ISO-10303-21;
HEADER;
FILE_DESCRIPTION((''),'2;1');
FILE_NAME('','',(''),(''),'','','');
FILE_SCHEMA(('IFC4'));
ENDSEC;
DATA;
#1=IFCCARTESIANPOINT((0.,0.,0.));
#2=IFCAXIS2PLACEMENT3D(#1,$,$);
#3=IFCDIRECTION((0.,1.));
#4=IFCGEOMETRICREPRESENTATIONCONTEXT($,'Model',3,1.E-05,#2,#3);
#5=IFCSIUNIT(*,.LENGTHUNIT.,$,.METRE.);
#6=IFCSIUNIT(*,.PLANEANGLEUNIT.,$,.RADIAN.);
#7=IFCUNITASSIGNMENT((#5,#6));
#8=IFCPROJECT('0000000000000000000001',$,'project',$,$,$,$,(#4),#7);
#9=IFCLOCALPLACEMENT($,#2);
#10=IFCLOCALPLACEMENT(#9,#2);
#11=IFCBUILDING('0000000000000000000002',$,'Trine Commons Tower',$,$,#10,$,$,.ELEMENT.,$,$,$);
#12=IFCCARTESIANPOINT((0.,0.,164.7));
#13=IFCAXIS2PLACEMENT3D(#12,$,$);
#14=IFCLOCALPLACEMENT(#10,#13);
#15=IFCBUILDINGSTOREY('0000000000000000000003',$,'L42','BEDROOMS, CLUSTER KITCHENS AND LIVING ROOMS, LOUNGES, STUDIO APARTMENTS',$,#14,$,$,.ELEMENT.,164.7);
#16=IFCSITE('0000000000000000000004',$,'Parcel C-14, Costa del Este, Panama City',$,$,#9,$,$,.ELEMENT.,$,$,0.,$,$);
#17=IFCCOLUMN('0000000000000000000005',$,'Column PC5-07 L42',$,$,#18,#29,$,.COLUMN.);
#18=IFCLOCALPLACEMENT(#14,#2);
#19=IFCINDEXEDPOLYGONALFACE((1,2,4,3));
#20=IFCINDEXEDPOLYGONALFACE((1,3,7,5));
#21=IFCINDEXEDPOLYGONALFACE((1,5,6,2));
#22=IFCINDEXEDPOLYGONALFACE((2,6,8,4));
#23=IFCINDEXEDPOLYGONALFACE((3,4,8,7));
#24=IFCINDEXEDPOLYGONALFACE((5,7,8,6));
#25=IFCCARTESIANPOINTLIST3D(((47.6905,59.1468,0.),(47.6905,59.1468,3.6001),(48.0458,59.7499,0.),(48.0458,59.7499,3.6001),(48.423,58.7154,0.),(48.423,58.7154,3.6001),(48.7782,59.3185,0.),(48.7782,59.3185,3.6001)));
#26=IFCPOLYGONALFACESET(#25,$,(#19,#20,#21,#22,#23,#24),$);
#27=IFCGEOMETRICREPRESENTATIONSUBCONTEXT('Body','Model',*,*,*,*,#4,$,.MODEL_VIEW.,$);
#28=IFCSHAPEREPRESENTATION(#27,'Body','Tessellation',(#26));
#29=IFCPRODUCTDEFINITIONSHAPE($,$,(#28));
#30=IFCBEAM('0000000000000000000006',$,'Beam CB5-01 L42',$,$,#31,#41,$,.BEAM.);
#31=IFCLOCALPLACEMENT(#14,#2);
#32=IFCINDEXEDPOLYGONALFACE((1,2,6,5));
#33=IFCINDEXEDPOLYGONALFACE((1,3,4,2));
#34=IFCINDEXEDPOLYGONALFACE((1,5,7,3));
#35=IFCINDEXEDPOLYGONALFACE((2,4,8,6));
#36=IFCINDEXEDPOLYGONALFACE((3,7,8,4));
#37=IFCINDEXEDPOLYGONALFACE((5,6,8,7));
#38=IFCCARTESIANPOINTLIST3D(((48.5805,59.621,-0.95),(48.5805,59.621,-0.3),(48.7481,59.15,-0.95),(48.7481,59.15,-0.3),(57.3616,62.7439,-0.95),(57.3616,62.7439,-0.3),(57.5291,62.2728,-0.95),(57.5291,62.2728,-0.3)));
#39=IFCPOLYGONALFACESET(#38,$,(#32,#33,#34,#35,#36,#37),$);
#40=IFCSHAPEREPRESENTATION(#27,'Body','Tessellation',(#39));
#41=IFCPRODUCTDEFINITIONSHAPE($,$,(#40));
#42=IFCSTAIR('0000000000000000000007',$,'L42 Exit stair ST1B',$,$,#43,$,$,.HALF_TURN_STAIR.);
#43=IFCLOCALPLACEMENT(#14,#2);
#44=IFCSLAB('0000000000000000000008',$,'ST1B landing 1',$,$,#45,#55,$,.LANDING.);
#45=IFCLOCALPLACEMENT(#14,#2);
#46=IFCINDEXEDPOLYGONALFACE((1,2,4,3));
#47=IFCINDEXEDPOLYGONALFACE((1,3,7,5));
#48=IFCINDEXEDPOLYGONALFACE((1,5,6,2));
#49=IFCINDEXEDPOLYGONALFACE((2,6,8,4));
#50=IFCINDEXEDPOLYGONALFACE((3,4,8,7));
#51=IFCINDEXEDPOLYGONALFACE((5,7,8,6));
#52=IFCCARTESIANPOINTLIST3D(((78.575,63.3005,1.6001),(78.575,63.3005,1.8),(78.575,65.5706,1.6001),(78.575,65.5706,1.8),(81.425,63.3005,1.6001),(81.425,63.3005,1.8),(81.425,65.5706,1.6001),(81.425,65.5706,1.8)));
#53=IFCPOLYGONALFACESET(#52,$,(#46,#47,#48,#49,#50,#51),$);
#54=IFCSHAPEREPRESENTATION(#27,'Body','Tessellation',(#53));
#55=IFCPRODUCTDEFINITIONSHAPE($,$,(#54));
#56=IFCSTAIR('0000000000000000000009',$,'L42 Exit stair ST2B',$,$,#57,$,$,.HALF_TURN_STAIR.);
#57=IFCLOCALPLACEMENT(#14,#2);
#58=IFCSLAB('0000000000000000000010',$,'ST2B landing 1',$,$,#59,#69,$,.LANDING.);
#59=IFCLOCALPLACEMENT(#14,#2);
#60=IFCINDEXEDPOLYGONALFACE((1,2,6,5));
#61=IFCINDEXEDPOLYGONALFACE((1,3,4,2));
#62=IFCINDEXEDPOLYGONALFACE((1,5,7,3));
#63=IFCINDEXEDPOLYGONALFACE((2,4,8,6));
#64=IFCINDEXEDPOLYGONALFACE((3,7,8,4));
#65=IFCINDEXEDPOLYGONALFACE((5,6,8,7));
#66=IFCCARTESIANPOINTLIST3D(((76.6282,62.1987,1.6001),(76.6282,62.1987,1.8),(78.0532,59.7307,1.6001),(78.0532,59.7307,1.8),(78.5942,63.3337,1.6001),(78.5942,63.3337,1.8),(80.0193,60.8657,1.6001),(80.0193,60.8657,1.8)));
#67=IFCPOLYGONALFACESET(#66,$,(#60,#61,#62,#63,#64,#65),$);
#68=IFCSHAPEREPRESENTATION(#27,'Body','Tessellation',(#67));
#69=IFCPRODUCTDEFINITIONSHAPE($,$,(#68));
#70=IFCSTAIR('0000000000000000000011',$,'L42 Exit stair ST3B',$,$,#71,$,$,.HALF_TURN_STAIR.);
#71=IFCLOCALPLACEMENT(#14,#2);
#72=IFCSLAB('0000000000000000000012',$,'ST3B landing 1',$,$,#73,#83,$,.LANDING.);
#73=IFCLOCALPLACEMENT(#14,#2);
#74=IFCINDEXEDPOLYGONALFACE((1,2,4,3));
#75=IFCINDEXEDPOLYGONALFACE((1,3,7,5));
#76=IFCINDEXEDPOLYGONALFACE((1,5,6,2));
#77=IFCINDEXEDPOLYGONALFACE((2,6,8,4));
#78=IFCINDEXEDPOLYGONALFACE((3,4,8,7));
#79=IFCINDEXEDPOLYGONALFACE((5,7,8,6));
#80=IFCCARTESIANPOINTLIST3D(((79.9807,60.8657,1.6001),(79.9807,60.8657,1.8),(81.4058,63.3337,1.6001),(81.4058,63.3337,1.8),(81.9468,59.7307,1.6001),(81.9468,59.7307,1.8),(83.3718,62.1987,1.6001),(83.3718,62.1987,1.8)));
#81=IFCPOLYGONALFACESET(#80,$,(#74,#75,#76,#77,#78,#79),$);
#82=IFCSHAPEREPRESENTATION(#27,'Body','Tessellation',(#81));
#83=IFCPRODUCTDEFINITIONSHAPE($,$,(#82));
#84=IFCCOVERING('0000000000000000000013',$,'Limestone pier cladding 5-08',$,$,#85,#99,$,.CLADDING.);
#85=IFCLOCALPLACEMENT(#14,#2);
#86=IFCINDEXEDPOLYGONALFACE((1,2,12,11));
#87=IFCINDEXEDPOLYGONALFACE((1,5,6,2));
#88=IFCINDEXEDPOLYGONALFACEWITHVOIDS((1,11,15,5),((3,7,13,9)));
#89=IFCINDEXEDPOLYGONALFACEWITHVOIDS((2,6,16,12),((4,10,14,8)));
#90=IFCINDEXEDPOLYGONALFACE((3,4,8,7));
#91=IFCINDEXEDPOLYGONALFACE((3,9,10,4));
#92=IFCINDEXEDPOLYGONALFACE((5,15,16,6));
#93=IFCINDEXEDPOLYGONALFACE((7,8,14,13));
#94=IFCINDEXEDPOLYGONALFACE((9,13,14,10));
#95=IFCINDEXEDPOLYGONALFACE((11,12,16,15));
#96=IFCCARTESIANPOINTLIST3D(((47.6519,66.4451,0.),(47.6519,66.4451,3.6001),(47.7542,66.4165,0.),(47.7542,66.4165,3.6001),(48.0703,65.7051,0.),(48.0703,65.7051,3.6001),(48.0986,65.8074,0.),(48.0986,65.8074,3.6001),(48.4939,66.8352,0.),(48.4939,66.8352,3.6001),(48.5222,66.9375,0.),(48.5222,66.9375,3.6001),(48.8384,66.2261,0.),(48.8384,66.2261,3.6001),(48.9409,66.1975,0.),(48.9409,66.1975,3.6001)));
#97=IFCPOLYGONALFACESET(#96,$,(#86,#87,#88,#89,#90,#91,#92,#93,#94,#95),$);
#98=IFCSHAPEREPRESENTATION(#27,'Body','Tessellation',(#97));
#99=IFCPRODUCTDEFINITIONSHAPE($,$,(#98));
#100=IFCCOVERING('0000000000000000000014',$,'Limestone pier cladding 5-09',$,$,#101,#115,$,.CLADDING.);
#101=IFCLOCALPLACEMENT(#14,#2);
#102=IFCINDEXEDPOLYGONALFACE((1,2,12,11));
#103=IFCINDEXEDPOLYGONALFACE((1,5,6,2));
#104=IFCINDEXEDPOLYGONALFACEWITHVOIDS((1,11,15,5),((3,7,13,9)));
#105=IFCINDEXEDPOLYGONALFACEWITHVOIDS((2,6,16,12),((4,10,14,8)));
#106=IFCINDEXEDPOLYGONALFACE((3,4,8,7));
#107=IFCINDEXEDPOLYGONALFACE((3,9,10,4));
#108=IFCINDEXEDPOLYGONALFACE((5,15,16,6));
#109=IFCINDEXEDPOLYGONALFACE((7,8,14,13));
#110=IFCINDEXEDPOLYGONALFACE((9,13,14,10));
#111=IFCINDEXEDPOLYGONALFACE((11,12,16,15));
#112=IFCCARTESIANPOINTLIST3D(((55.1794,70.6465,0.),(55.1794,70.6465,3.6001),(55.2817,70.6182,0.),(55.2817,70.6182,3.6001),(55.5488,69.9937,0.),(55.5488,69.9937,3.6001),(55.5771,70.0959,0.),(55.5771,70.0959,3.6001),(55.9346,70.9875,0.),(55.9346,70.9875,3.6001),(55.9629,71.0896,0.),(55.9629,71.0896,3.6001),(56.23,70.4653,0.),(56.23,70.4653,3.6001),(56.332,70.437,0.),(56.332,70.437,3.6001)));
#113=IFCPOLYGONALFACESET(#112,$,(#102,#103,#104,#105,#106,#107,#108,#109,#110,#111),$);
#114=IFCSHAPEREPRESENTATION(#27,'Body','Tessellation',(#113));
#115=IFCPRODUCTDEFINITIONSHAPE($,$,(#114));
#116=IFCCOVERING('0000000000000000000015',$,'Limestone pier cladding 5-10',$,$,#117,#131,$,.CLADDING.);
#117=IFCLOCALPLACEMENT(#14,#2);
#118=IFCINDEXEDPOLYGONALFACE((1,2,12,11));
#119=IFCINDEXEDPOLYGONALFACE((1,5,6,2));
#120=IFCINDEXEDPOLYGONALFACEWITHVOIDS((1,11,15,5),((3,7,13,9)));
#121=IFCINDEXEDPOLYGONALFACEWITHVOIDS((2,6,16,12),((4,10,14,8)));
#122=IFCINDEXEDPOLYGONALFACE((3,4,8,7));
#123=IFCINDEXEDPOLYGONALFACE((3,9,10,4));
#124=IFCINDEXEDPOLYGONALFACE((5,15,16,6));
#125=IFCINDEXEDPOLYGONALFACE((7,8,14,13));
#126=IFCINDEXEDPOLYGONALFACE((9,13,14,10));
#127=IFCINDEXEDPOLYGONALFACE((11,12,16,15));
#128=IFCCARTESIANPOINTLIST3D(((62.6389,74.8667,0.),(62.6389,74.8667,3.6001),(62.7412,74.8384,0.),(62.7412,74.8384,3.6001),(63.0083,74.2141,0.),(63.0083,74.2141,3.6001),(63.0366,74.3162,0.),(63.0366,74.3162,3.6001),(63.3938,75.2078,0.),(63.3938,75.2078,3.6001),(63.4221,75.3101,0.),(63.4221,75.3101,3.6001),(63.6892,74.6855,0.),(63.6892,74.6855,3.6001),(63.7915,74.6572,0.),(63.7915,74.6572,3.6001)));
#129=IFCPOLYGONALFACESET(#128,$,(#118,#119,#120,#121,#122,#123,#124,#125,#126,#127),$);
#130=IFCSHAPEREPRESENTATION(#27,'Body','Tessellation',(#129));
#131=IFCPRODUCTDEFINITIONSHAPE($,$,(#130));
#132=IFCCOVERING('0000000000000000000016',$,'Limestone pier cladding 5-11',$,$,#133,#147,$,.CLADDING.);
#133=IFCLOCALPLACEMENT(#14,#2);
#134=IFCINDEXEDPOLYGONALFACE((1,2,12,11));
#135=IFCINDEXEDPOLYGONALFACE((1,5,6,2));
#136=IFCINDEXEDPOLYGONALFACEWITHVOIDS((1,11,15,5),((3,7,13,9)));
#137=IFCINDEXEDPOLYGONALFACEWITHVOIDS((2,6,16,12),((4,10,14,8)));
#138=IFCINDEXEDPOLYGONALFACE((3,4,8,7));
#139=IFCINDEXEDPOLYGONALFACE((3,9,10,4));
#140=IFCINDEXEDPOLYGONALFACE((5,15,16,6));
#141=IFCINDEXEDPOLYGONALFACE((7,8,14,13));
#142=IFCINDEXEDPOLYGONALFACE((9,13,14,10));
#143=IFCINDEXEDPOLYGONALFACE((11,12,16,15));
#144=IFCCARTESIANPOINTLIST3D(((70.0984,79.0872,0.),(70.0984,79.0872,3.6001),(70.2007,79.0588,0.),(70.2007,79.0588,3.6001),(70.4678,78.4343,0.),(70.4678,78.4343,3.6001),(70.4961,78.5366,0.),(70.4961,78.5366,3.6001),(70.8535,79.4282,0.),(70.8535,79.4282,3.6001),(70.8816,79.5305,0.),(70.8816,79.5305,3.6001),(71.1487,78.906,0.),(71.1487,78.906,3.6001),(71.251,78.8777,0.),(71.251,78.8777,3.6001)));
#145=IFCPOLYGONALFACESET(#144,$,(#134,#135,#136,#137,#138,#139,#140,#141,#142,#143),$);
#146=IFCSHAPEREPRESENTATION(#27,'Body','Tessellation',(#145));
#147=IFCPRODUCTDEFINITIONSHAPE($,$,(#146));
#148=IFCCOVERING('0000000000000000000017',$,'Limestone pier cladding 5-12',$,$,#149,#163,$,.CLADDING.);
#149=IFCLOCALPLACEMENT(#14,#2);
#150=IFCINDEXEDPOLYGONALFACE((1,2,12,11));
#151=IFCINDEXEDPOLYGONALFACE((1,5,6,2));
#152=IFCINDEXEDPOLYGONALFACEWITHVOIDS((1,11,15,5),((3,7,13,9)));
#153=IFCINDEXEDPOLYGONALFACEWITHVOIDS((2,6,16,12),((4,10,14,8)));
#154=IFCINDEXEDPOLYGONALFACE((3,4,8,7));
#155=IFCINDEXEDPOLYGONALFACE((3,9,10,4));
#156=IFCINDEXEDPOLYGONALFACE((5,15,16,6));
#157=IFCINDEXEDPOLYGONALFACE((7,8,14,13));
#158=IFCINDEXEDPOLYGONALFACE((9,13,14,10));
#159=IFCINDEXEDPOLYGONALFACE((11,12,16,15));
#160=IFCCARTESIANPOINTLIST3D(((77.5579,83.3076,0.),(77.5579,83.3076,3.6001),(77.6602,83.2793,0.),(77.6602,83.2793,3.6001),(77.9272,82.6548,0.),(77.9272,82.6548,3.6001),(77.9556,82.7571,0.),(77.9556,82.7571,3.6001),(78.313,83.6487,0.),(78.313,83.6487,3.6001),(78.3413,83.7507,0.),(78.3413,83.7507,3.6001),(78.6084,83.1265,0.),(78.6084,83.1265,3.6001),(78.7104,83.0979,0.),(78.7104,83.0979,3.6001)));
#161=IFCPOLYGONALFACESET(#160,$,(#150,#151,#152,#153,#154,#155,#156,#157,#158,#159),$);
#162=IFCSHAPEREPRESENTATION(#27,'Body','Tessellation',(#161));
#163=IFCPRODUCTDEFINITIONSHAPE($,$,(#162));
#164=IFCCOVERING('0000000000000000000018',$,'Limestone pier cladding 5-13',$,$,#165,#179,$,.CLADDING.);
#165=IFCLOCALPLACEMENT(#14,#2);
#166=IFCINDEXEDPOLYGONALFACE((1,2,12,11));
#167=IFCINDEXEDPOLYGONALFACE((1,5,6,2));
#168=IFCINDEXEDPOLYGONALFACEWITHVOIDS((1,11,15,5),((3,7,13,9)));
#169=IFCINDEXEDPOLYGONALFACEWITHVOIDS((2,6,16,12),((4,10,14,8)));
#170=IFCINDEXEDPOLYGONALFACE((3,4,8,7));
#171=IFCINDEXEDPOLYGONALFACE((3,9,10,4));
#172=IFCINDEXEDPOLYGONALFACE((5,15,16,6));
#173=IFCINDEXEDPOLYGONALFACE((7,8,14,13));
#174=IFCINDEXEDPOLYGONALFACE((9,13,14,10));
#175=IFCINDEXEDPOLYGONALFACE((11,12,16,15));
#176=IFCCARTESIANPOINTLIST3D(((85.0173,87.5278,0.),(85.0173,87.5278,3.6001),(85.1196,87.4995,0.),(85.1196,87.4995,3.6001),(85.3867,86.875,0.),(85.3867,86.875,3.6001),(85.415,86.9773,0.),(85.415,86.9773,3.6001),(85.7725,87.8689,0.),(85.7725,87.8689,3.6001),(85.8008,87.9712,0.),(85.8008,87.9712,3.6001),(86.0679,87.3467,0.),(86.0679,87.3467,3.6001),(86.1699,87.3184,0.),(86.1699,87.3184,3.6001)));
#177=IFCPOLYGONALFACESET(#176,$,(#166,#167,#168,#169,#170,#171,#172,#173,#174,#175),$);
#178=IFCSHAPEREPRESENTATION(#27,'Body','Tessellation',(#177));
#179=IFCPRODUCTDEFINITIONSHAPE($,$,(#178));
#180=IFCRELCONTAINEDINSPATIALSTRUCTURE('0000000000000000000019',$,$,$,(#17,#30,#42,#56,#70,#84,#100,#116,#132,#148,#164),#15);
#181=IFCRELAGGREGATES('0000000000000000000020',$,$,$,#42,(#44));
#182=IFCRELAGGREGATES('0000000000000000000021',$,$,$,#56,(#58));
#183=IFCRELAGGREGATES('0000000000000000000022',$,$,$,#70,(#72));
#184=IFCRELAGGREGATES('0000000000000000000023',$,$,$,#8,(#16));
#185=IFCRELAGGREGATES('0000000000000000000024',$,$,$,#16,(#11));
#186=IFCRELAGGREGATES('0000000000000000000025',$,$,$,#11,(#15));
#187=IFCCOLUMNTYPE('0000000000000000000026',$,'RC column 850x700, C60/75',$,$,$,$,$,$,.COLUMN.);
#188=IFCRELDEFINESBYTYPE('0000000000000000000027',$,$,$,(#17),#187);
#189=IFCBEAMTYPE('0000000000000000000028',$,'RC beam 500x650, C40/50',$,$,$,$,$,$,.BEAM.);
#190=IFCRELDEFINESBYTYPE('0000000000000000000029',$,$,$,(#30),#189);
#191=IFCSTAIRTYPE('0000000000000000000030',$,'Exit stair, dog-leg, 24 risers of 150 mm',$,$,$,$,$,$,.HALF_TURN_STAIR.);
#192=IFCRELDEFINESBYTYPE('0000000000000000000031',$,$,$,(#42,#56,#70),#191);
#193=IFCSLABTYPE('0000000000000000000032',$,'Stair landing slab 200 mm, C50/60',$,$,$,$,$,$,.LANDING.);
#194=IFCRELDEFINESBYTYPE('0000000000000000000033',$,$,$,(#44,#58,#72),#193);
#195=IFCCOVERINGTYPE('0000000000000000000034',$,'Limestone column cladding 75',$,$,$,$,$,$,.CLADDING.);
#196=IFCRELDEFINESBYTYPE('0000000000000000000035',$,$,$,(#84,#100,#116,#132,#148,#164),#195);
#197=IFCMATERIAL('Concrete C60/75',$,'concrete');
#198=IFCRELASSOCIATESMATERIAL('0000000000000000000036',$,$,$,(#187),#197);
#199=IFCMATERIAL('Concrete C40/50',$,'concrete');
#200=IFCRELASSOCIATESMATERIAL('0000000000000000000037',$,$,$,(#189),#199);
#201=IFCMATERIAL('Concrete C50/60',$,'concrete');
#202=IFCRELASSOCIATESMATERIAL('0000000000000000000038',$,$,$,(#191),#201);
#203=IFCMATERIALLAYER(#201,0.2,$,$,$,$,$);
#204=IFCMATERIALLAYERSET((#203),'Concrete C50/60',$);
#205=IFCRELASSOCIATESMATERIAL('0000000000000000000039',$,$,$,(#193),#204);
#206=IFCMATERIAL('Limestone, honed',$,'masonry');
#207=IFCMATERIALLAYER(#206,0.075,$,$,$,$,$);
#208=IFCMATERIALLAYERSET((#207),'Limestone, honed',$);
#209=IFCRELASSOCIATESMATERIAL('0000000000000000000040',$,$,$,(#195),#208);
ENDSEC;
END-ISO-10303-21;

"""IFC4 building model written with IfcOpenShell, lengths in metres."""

from ifc_helpers import new_model, si_unit, direction, frame, origin, origin_2d, place, context, subcontext, project, spatial, polyline, rectangle, outline, extrude, material, layer, layer_set, material_profile, profile_set, type_object, element, aggregate, save


model = new_model("IFC4")

# Units and contexts
model_context = context("Model", 3, precision=1e-05, world=origin(), true_north=direction((0.0, 1.0)))
body_context = subcontext(model_context, "Body", "Model", "MODEL_VIEW")
ifc_project = project(units=[si_unit("LENGTHUNIT", "METRE"), si_unit("PLANEANGLEUNIT", "RADIAN")], contexts=[model_context])

# Site, building, storey
site_placement = place(None, origin())
site = spatial("IfcSite", under=ifc_project, at=site_placement, Name="Parcel C-14, Costa del Este, Panama City", CompositionType="ELEMENT", RefElevation=0.0)
building_placement = place(site_placement, origin())
building = spatial("IfcBuilding", under=site, at=building_placement, Name="Trine Commons Tower", CompositionType="ELEMENT")
storey_placement = place(building_placement, frame((0.0, 0.0, 164.7)))
storey = spatial("IfcBuildingStorey", under=building, at=storey_placement, Name="L42", Description="BEDROOMS, CLUSTER KITCHENS AND LIVING ROOMS, LOUNGES, STUDIO APARTMENTS", CompositionType="ELEMENT", Elevation=164.7)

# Column
ifc_material_1 = material(Name="Concrete C60/75", Category="concrete")
ifc_material_profile_1 = material_profile(ifc_material_1, rectangle(XDim=0.8501, YDim=0.7, at=origin_2d()), Name="RC 850x700")
ifc_profile_set_1 = profile_set([ifc_material_profile_1], Name="Concrete C60/75")
column_type = type_object("IfcColumnType", Name="RC column 850x700, C60/75", PredefinedType="COLUMN", material=ifc_profile_set_1)
column_placement = place(storey_placement, frame((48.2344, 59.2327, 0.0), z_axis=(0.0, 0.0, 1.0), x_axis=(-0.861629, 0.507538, 0.0)))
element("IfcColumn", 1, at=column_placement, inside=storey, type_object=column_type, Name="Column PC5-07 L42", PredefinedType="COLUMN", context=body_context, shape_type="SweptSolid", body=[
    extrude(rectangle(XDim=0.8501, YDim=0.7, at=origin_2d()), origin(), (0.0, 0.0, 1.0), 3.6001),
])

# Beam
ifc_material_2 = material(Name="Concrete C40/50", Category="concrete")
ifc_material_profile_2 = material_profile(ifc_material_2, rectangle(XDim=0.5, YDim=0.6499, at=origin_2d()), Name="RC 500x650")
ifc_profile_set_2 = profile_set([ifc_material_profile_2], Name="Concrete C40/50")
beam_type = type_object("IfcBeamType", Name="RC beam 500x650, C40/50", PredefinedType="BEAM", material=ifc_profile_set_2)
beam_placement = place(storey_placement, frame((48.6643, 59.3855, -0.625), z_axis=(0.942192, 0.335073, 0.0), x_axis=(-0.335073, 0.942192, 0.0)))
element("IfcBeam", 2, at=beam_placement, inside=storey, type_object=beam_type, Name="Beam CB5-01 L42", PredefinedType="BEAM", context=body_context, shape_type="SweptSolid", body=[
    extrude(rectangle(XDim=0.5, YDim=0.6499, at=origin_2d()), origin(), (0.0, 0.0, 1.0), 9.3198),
])

# Stairs, slabs
ifc_material_3 = material(Name="Concrete C50/60", Category="concrete")
stair_type = type_object("IfcStairType", Name="Exit stair, dog-leg, 24 risers of 150 mm", PredefinedType="HALF_TURN_STAIR", material=ifc_material_3)
stair_1_placement = place(storey_placement, origin())
stair_1 = element("IfcStair", 3, at=stair_1_placement, inside=storey, type_object=stair_type, Name="L42 Exit stair ST1B", PredefinedType="HALF_TURN_STAIR")
ifc_layer_1 = layer(ifc_material_3, 0.2)
ifc_layer_set_1 = layer_set([ifc_layer_1], Name="Concrete C50/60")
slab_type = type_object("IfcSlabType", Name="Stair landing slab 200 mm, C50/60", PredefinedType="LANDING", material=ifc_layer_set_1)
slab_1_placement = place(storey_placement, frame((0.0, 0.0, 1.6001)))
slab_1 = element("IfcSlab", 4, at=slab_1_placement, type_object=slab_type, Name="ST1B landing 1", PredefinedType="LANDING", context=body_context, shape_type="SweptSolid", body=[
    extrude(outline(polyline([(78.575, 65.5706), (78.575, 63.3005), (81.425, 63.3005), (81.425, 65.5706), (78.575, 65.5706)])), origin(), (0.0, 0.0, 1.0), 0.2),
])
aggregate(stair_1, [slab_1])
stair_2_placement = place(storey_placement, origin())
stair_2 = element("IfcStair", 5, at=stair_2_placement, inside=storey, type_object=stair_type, Name="L42 Exit stair ST2B", PredefinedType="HALF_TURN_STAIR")
slab_2_placement = place(storey_placement, frame((0.0, 0.0, 1.6001)))
slab_2 = element("IfcSlab", 6, at=slab_2_placement, type_object=slab_type, Name="ST2B landing 1", PredefinedType="LANDING", context=body_context, shape_type="SweptSolid", body=[
    extrude(outline(polyline([(78.0532, 59.7307), (80.0193, 60.8657), (78.5942, 63.3337), (76.6282, 62.1987), (78.0532, 59.7307)])), origin(), (0.0, 0.0, 1.0), 0.2),
])
aggregate(stair_2, [slab_2])
stair_3_placement = place(storey_placement, origin())
stair_3 = element("IfcStair", 7, at=stair_3_placement, inside=storey, type_object=stair_type, Name="L42 Exit stair ST3B", PredefinedType="HALF_TURN_STAIR")
slab_3_placement = place(storey_placement, frame((0.0, 0.0, 1.6001)))
slab_3 = element("IfcSlab", 8, at=slab_3_placement, type_object=slab_type, Name="ST3B landing 1", PredefinedType="LANDING", context=body_context, shape_type="SweptSolid", body=[
    extrude(outline(polyline([(83.3718, 62.1987), (81.4058, 63.3337), (79.9807, 60.8657), (81.9468, 59.7307), (83.3718, 62.1987)])), origin(), (0.0, 0.0, 1.0), 0.2),
])
aggregate(stair_3, [slab_3])

# Coverings
ifc_material_4 = material(Name="Limestone, honed", Category="masonry")
ifc_layer_2 = layer(ifc_material_4, 0.075)
ifc_layer_set_2 = layer_set([ifc_layer_2], Name="Limestone, honed")
covering_type_1 = type_object("IfcCoveringType", Name="Limestone column cladding 75", PredefinedType="CLADDING", material=ifc_layer_set_2)
covering_1_placement = place(storey_placement, origin())
element("IfcCovering", 9, at=covering_1_placement, inside=storey, type_object=covering_type_1, Name="Limestone pier cladding 5-08", PredefinedType="CLADDING", context=body_context, shape_type="SweptSolid", body=[
    extrude(outline(polyline([(48.9409, 66.1975), (48.5222, 66.9375), (47.6519, 66.4451), (48.0703, 65.7051), (48.9409, 66.1975)]), holes=[polyline([(48.8384, 66.2261), (48.4939, 66.8352), (47.7542, 66.4165), (48.0986, 65.8074), (48.8384, 66.2261)])]), origin(), (0.0, 0.0, 1.0), 3.6001),
])
covering_2_placement = place(storey_placement, origin())
element("IfcCovering", 10, at=covering_2_placement, inside=storey, type_object=covering_type_1, Name="Limestone pier cladding 5-09", PredefinedType="CLADDING", context=body_context, shape_type="SweptSolid", body=[
    extrude(outline(polyline([(56.332, 70.437), (55.9629, 71.0896), (55.1794, 70.6465), (55.5488, 69.9937), (56.332, 70.437)]), holes=[polyline([(56.23, 70.4653), (55.9346, 70.9875), (55.2817, 70.6182), (55.5771, 70.0959), (56.23, 70.4653)])]), origin(), (0.0, 0.0, 1.0), 3.6001),
])
covering_3_placement = place(storey_placement, origin())
element("IfcCovering", 11, at=covering_3_placement, inside=storey, type_object=covering_type_1, Name="Limestone pier cladding 5-10", PredefinedType="CLADDING", context=body_context, shape_type="SweptSolid", body=[
    extrude(outline(polyline([(63.7915, 74.6572), (63.4221, 75.3101), (62.6389, 74.8667), (63.0083, 74.2141), (63.7915, 74.6572)]), holes=[polyline([(63.6892, 74.6855), (63.3938, 75.2078), (62.7412, 74.8384), (63.0366, 74.3162), (63.6892, 74.6855)])]), origin(), (0.0, 0.0, 1.0), 3.6001),
])
covering_4_placement = place(storey_placement, origin())
element("IfcCovering", 12, at=covering_4_placement, inside=storey, type_object=covering_type_1, Name="Limestone pier cladding 5-11", PredefinedType="CLADDING", context=body_context, shape_type="SweptSolid", body=[
    extrude(outline(polyline([(71.251, 78.8777), (70.8816, 79.5305), (70.0984, 79.0872), (70.4678, 78.4343), (71.251, 78.8777)]), holes=[polyline([(71.1487, 78.906), (70.8535, 79.4282), (70.2007, 79.0588), (70.4961, 78.5366), (71.1487, 78.906)])]), origin(), (0.0, 0.0, 1.0), 3.6001),
])
covering_5_placement = place(storey_placement, origin())
element("IfcCovering", 13, at=covering_5_placement, inside=storey, type_object=covering_type_1, Name="Limestone pier cladding 5-12", PredefinedType="CLADDING", context=body_context, shape_type="SweptSolid", body=[
    extrude(outline(polyline([(78.7104, 83.0979), (78.3413, 83.7507), (77.5579, 83.3076), (77.9272, 82.6548), (78.7104, 83.0979)]), holes=[polyline([(78.6084, 83.1265), (78.313, 83.6487), (77.6602, 83.2793), (77.9556, 82.7571), (78.6084, 83.1265)])]), origin(), (0.0, 0.0, 1.0), 3.6001),
])
covering_6_placement = place(storey_placement, origin())
element("IfcCovering", 14, at=covering_6_placement, inside=storey, type_object=covering_type_1, Name="Limestone pier cladding 5-13", PredefinedType="CLADDING", context=body_context, shape_type="SweptSolid", body=[
    extrude(outline(polyline([(86.1699, 87.3184), (85.8008, 87.9712), (85.0173, 87.5278), (85.3867, 86.875), (86.1699, 87.3184)]), holes=[polyline([(86.0679, 87.3467), (85.7725, 87.8689), (85.1196, 87.4995), (85.415, 86.9773), (86.0679, 87.3467)])]), origin(), (0.0, 0.0, 1.0), 3.6001),
])

save(model, "model.ifc")
